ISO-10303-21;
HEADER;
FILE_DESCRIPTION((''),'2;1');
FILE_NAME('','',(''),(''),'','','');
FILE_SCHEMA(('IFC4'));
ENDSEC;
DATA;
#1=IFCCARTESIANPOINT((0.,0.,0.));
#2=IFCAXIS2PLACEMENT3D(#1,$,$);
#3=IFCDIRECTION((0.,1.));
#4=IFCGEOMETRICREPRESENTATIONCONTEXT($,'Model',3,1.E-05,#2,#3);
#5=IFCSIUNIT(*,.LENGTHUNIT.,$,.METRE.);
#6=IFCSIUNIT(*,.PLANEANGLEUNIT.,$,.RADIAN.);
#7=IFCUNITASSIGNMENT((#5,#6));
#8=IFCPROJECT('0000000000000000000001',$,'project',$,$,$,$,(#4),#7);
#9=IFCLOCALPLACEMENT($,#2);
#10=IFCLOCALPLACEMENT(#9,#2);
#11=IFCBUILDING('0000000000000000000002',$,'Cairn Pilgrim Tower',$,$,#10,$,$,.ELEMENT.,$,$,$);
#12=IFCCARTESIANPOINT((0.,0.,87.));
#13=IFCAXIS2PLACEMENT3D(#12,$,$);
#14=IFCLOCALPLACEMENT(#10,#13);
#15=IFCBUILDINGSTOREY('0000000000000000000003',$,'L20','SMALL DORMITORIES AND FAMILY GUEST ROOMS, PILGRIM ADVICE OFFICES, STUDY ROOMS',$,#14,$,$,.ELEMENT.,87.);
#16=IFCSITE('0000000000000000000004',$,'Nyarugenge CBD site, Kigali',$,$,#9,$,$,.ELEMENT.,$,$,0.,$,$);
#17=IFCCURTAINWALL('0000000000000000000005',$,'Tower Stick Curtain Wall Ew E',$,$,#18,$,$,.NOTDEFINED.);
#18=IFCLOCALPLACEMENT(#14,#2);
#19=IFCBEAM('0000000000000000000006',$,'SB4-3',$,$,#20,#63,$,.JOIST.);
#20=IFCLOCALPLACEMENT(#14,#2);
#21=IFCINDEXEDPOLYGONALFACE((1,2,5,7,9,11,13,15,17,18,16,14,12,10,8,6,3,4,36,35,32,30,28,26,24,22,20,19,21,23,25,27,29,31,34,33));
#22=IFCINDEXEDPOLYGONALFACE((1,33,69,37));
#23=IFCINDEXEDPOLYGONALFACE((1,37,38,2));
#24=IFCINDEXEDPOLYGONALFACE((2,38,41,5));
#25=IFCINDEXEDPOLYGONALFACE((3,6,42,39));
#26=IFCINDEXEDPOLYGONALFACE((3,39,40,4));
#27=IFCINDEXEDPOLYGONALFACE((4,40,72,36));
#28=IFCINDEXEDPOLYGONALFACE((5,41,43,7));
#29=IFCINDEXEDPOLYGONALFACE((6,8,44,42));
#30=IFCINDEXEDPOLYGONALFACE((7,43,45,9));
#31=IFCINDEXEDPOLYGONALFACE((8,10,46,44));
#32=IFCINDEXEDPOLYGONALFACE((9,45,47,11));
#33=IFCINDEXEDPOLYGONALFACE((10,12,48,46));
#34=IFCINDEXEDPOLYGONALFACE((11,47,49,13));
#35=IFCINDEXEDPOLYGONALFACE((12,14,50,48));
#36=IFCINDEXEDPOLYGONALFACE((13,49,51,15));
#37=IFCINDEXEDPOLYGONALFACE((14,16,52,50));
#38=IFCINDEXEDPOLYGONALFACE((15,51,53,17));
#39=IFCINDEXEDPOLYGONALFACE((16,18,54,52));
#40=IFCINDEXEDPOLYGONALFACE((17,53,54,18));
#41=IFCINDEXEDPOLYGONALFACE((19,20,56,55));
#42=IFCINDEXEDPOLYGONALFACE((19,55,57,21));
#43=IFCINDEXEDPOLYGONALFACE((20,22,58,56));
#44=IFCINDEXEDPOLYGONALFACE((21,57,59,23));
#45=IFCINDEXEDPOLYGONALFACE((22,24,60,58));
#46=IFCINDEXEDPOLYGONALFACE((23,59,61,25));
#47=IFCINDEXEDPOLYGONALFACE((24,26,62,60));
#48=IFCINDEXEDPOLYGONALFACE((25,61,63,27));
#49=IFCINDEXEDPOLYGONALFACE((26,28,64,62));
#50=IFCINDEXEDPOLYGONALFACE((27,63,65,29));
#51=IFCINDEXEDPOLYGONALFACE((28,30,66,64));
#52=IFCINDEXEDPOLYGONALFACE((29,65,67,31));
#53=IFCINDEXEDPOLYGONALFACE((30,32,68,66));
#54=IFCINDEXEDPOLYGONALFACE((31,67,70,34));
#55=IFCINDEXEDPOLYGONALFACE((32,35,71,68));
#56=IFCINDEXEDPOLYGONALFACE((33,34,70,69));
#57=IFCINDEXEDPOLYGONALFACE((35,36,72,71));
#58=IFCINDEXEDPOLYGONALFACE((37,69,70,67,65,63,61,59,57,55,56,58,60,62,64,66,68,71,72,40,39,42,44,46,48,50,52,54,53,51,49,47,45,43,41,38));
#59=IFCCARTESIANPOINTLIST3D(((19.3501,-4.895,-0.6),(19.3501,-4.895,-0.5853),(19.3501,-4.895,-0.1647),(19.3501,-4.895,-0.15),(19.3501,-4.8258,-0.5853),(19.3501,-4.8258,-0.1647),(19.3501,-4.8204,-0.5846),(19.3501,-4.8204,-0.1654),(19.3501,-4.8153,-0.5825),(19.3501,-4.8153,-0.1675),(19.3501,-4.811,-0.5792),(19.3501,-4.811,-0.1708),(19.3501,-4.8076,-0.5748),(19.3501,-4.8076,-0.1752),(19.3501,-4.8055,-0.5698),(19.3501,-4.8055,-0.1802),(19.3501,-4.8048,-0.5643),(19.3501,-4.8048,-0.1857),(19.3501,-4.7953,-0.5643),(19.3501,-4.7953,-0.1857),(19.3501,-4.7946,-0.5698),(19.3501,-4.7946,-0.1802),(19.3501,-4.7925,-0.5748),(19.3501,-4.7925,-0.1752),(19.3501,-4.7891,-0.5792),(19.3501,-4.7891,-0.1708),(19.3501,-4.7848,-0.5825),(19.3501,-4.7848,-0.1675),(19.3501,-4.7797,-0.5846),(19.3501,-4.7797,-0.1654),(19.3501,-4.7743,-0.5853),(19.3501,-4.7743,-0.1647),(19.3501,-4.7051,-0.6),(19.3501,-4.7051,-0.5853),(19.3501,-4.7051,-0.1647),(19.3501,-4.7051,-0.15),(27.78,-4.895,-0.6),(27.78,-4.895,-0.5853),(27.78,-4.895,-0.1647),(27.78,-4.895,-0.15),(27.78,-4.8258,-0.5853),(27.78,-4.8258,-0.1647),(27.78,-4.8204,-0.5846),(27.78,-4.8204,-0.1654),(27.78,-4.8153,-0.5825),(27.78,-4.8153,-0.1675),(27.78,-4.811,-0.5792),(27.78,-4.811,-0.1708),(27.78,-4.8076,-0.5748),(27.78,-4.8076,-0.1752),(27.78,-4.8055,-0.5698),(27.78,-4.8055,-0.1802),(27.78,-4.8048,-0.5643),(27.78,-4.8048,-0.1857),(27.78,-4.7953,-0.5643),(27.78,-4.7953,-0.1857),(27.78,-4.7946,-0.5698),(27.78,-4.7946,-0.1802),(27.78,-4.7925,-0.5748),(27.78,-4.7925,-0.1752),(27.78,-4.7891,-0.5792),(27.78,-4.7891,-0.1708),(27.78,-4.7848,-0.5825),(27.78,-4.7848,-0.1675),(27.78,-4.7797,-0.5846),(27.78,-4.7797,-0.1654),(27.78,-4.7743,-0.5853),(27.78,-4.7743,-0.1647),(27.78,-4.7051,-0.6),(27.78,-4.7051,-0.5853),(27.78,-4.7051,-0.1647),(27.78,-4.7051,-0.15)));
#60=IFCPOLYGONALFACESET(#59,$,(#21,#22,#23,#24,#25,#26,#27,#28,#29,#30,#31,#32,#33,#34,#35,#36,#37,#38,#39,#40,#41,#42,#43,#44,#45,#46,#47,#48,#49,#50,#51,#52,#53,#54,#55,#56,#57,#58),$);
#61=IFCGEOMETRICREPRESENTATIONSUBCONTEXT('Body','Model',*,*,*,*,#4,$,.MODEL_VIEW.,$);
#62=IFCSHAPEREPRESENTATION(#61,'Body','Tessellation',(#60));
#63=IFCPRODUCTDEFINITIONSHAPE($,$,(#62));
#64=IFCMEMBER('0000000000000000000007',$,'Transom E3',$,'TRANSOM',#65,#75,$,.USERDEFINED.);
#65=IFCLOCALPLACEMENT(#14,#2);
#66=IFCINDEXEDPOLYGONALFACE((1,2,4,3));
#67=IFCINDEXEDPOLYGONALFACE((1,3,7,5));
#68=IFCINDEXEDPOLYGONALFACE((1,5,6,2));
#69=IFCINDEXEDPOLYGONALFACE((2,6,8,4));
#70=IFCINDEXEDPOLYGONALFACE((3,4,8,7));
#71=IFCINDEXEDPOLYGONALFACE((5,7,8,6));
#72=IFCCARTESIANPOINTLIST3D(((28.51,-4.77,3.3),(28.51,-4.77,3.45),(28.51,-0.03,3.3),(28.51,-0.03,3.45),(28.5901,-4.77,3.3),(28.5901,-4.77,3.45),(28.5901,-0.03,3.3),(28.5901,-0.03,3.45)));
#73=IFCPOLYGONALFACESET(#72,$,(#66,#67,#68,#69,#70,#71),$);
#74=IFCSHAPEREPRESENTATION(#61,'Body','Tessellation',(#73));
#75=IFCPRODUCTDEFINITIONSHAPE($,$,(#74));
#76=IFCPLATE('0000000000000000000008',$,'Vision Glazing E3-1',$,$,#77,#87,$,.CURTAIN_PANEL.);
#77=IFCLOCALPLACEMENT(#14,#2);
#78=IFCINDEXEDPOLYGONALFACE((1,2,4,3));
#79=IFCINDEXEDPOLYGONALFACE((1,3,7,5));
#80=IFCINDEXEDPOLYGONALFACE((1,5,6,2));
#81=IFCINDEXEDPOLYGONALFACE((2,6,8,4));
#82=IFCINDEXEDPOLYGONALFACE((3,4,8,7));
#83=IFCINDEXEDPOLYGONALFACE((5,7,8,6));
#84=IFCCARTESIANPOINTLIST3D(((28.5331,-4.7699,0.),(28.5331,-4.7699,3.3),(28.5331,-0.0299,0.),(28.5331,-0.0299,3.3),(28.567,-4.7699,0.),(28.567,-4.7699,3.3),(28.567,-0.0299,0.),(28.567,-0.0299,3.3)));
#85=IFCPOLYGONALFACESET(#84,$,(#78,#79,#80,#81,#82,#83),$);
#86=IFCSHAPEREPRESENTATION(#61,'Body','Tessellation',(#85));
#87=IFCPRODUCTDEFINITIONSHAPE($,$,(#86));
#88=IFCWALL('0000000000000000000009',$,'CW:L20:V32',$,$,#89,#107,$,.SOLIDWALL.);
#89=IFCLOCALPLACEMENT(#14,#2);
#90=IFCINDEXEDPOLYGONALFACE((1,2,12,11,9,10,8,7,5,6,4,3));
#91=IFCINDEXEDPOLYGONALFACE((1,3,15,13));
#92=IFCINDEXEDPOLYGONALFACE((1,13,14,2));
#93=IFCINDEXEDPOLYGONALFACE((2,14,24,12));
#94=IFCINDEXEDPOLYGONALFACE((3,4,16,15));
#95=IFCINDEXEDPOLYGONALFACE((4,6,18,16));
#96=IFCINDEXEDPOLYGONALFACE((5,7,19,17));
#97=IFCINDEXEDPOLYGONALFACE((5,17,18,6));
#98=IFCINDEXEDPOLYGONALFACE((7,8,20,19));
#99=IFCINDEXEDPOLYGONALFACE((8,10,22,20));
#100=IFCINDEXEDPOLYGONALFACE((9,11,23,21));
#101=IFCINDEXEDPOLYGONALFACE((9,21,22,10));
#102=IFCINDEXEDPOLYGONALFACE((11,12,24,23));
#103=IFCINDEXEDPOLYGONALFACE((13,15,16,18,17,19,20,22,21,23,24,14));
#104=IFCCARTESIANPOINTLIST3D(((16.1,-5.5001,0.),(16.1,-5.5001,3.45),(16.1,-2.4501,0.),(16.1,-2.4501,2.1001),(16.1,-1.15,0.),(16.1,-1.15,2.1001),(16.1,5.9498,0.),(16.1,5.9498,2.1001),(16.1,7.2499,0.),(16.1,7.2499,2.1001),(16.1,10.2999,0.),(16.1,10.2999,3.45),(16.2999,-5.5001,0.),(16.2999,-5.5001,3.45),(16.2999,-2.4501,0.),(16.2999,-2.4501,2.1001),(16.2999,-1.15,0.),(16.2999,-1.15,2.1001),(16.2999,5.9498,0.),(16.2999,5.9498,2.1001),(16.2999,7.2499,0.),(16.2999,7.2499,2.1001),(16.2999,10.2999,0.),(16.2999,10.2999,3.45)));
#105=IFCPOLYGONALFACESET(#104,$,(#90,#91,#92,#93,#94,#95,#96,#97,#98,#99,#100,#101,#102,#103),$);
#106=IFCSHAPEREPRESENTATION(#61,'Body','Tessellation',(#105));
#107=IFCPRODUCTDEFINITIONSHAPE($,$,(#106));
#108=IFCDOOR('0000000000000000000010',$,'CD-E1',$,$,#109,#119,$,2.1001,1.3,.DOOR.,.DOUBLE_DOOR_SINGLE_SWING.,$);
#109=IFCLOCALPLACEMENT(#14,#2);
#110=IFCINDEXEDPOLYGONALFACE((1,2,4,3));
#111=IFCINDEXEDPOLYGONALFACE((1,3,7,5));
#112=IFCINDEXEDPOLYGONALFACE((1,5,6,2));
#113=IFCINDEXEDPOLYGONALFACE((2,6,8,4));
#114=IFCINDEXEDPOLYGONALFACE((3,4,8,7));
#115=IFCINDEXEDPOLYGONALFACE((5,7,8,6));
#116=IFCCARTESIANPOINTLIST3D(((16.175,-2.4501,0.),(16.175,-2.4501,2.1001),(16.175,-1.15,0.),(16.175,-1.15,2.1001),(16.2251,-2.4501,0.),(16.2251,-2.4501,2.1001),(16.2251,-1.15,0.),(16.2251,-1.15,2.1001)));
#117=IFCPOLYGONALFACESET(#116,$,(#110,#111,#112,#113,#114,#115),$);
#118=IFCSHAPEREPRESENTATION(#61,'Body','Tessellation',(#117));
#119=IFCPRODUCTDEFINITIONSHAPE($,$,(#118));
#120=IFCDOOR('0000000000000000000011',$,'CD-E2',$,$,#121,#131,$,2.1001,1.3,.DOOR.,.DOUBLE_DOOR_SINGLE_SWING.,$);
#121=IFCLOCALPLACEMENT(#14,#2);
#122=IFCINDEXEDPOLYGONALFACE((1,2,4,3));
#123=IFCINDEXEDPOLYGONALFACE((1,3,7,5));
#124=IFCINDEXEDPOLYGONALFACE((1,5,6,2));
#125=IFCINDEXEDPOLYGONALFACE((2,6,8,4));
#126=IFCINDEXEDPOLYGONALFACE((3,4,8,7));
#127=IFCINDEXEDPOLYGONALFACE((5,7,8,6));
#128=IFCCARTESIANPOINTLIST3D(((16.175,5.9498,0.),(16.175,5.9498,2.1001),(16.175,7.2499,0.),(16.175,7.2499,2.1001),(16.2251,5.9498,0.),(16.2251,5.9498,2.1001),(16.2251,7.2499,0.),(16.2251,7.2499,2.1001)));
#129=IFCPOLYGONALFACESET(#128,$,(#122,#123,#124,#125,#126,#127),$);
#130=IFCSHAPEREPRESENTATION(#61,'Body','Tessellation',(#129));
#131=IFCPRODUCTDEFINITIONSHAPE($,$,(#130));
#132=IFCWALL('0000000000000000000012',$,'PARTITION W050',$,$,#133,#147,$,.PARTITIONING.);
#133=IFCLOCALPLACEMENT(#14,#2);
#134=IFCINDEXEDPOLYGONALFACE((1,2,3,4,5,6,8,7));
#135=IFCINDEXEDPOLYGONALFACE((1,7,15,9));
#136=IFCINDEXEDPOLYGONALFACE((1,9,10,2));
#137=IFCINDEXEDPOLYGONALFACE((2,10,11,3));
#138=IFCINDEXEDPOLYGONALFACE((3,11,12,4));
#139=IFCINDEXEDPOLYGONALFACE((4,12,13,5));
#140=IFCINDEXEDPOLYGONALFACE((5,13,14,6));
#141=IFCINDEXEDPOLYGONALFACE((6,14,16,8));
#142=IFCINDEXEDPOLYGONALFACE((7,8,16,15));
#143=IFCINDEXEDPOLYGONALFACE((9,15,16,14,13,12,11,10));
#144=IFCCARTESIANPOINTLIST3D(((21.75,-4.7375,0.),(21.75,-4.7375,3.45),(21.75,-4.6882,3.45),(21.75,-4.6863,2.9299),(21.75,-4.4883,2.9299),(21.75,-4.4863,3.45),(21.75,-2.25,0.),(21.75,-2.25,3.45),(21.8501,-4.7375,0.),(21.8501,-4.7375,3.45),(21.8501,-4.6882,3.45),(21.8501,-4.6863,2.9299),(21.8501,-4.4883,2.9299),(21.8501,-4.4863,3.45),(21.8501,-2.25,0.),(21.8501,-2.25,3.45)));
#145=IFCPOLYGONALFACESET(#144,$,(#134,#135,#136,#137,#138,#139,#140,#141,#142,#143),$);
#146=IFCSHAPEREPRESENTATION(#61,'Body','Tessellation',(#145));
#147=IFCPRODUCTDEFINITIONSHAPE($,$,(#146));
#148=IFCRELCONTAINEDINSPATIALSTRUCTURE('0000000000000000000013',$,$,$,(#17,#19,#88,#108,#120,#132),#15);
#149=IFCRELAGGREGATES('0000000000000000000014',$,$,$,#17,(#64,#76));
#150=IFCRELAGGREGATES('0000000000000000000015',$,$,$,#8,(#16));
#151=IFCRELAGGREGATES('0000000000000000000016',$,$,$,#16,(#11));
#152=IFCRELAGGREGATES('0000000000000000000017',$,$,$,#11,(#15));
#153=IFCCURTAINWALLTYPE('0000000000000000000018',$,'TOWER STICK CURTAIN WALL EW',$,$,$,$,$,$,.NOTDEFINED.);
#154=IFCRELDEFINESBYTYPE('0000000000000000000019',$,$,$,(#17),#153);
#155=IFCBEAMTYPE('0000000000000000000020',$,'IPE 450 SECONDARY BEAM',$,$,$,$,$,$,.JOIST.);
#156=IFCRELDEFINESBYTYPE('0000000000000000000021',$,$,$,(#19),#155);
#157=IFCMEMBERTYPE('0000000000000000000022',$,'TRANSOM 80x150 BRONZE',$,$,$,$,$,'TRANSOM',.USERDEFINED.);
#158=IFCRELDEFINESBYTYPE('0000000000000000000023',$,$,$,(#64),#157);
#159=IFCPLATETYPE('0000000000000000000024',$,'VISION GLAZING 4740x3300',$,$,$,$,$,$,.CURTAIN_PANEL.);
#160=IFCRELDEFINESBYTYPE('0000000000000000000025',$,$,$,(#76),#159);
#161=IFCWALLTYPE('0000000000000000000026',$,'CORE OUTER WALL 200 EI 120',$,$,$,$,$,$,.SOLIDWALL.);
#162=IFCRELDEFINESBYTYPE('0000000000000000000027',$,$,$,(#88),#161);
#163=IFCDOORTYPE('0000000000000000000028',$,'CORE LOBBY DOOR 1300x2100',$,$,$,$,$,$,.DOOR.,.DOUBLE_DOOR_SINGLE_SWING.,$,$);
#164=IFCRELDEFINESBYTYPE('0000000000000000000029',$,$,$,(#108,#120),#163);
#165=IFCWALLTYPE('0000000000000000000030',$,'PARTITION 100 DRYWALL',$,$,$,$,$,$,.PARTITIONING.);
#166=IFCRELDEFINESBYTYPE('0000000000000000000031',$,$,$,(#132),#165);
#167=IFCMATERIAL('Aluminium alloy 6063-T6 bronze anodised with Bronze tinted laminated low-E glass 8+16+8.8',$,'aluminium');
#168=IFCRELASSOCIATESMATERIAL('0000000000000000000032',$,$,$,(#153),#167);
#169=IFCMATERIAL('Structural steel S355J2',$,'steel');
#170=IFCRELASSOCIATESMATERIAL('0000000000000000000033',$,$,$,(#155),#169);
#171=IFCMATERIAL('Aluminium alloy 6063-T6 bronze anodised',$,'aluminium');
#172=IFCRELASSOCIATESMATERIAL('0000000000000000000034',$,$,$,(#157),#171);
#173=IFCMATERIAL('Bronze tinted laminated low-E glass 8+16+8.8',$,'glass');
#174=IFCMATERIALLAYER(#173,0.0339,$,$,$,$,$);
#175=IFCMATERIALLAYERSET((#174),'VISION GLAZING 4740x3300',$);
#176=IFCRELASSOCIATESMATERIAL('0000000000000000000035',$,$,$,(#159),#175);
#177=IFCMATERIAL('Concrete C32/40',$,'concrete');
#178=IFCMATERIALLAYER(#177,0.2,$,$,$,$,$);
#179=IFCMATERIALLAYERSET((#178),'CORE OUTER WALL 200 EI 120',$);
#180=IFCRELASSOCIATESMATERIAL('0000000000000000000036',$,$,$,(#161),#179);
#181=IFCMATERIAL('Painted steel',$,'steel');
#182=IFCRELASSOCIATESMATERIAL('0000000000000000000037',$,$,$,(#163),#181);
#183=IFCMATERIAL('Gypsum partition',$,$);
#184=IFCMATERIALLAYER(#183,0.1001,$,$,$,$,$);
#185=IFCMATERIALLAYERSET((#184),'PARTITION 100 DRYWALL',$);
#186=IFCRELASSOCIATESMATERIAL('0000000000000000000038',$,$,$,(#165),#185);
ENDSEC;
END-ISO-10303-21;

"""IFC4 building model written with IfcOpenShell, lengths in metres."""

from ifc_helpers import new_model, si_unit, direction, frame, frame_2d, origin, origin_2d, place, context, subcontext, project, spatial, polyline, rectangle, i_section, outline, extrude, material, layer, layer_set, material_profile, profile_set, type_object, element, fill, aggregate, save


model = new_model("IFC4")

# Units and contexts
model_context = context("Model", 3, precision=1e-05, world=origin(), true_north=direction((0.0, 1.0)))
body_context = subcontext(model_context, "Body", "Model", "MODEL_VIEW")
ifc_project = project(units=[si_unit("LENGTHUNIT", "METRE"), si_unit("PLANEANGLEUNIT", "RADIAN")], contexts=[model_context])

# Site, building, storey
site_placement = place(None, origin())
site = spatial("IfcSite", under=ifc_project, at=site_placement, Name="Nyarugenge CBD site, Kigali", CompositionType="ELEMENT", RefElevation=0.0)
building_placement = place(site_placement, origin())
building = spatial("IfcBuilding", under=site, at=building_placement, Name="Cairn Pilgrim Tower", CompositionType="ELEMENT")
storey_placement = place(building_placement, frame((0.0, 0.0, 87.0)))
storey = spatial("IfcBuildingStorey", under=building, at=storey_placement, Name="L20", Description="SMALL DORMITORIES AND FAMILY GUEST ROOMS, PILGRIM ADVICE OFFICES, STUDY ROOMS", CompositionType="ELEMENT", Elevation=87.0)

# Curtain wall
ifc_material_1 = material(Name="Aluminium alloy 6063-T6 bronze anodised with Bronze tinted laminated low-E glass 8+16+8.8", Category="aluminium")
curtain_wall_type = type_object("IfcCurtainWallType", Name="TOWER STICK CURTAIN WALL EW", PredefinedType="NOTDEFINED", material=ifc_material_1)
curtain_wall_placement = place(storey_placement, origin())
curtain_wall = element("IfcCurtainWall", 1, at=curtain_wall_placement, inside=storey, type_object=curtain_wall_type, Name="Tower Stick Curtain Wall Ew E", PredefinedType="NOTDEFINED")
ifc_material_2 = material(Name="Aluminium alloy 6063-T6 bronze anodised", Category="aluminium")

# Beam
ifc_material_3 = material(Name="Structural steel S355J2", Category="steel")
ifc_material_profile_1 = material_profile(ifc_material_3, i_section(OverallWidth=0.1899, OverallDepth=0.45, WebThickness=0.0095, FlangeThickness=0.0146, FilletRadius=0.021, at=origin_2d()), Name="IPE 450")
ifc_profile_set_1 = profile_set([ifc_material_profile_1], Name="Structural steel S355J2")
beam_type_1 = type_object("IfcBeamType", Name="IPE 450 SECONDARY BEAM", PredefinedType="JOIST", material=ifc_profile_set_1)
beam_1_placement = place(storey_placement, frame((19.3501, -4.8, -0.375), z_axis=(1.0, 0.0, 0.0), x_axis=(0.0, 1.0, 0.0)))
element("IfcBeam", 2, at=beam_1_placement, inside=storey, type_object=beam_type_1, Name="SB4-3", PredefinedType="JOIST", context=body_context, shape_type="SweptSolid", body=[
    extrude(i_section(OverallWidth=0.1899, OverallDepth=0.45, WebThickness=0.0095, FlangeThickness=0.0146, FilletRadius=0.021, at=origin_2d()), origin(), (0.0, 0.0, 1.0), 8.4299),
])

# Member
ifc_material_profile_2 = material_profile(ifc_material_2, rectangle(XDim=0.0801, YDim=0.1499, at=origin_2d()), Name="TRANSOM 80x150 BRONZE")
ifc_profile_set_2 = profile_set([ifc_material_profile_2], Name="Aluminium alloy 6063-T6 bronze anodised")
member_type_1 = type_object("IfcMemberType", Name="TRANSOM 80x150 BRONZE", ElementType="TRANSOM", PredefinedType="USERDEFINED", material=ifc_profile_set_2)
member_1_placement = place(storey_placement, frame((28.55, -4.77, 3.375), z_axis=(0.0, 1.0, 0.0), x_axis=(-1.0, 0.0, 0.0)))
member_1 = element("IfcMember", 3, at=member_1_placement, type_object=member_type_1, Name="Transom E3", ObjectType="TRANSOM", PredefinedType="USERDEFINED", context=body_context, shape_type="SweptSolid", body=[
    extrude(rectangle(XDim=0.0801, YDim=0.1499, at=origin_2d()), origin(), (0.0, 0.0, 1.0), 4.74),
])

# Plate
ifc_material_4 = material(Name="Bronze tinted laminated low-E glass 8+16+8.8", Category="glass")
ifc_layer_1 = layer(ifc_material_4, 0.0339)
ifc_layer_set_1 = layer_set([ifc_layer_1], Name="VISION GLAZING 4740x3300")
plate_type = type_object("IfcPlateType", Name="VISION GLAZING 4740x3300", PredefinedType="CURTAIN_PANEL", material=ifc_layer_set_1)
plate_placement = place(storey_placement, frame((28.55, -2.3999, 0.0), z_axis=(0.0, 0.0, 1.0), x_axis=(0.0, 1.0, 0.0)))
plate = element("IfcPlate", 4, at=plate_placement, type_object=plate_type, Name="Vision Glazing E3-1", PredefinedType="CURTAIN_PANEL", context=body_context, shape_type="SweptSolid", body=[
    extrude(rectangle(XDim=4.74, YDim=0.0339, at=origin_2d()), origin(), (0.0, 0.0, 1.0), 3.3),
])
aggregate(curtain_wall, [member_1, plate])

# Wall, openings, doors
ifc_material_5 = material(Name="Concrete C32/40", Category="concrete")
ifc_layer_2 = layer(ifc_material_5, 0.2)
ifc_layer_set_2 = layer_set([ifc_layer_2], Name="CORE OUTER WALL 200 EI 120")
wall_type_1 = type_object("IfcWallType", Name="CORE OUTER WALL 200 EI 120", PredefinedType="SOLIDWALL", material=ifc_layer_set_2)
wall_1_placement = place(storey_placement, frame((16.2, -5.5, 0.0), z_axis=(0.0, 0.0, 1.0), x_axis=(0.0, 1.0, 0.0)))
wall_1 = element("IfcWall", 5, at=wall_1_placement, inside=storey, type_object=wall_type_1, Name="CW:L20:V32", PredefinedType="SOLIDWALL", context=body_context, shape_type="SweptSolid", body=[
    extrude(rectangle(XDim=15.8, YDim=0.2, at=frame_2d((7.8999, 0.0))), origin(), (0.0, 0.0, 1.0), 3.45),
])
opening_1_placement = place(wall_1_placement, frame((3.05, 0.0, 0.0)))
opening_1 = element("IfcOpeningElement", 6, at=opening_1_placement, cuts=wall_1, PredefinedType="OPENING", context=body_context, shape_type="SweptSolid", body=[
    extrude(rectangle(XDim=1.3, YDim=2.1001, at=frame_2d((0.6499, 1.05))), frame((0.0, 0.1099, 0.0), z_axis=(0.0, -1.0, 0.0), x_axis=(1.0, 0.0, 0.0)), (0.0, 0.0, 1.0), 0.22),
])
opening_2_placement = place(wall_1_placement, frame((11.45, 0.0, 0.0)))
opening_2 = element("IfcOpeningElement", 7, at=opening_2_placement, cuts=wall_1, PredefinedType="OPENING", context=body_context, shape_type="SweptSolid", body=[
    extrude(rectangle(XDim=1.3, YDim=2.1001, at=frame_2d((0.6499, 1.05))), frame((0.0, 0.1099, 0.0), z_axis=(0.0, -1.0, 0.0), x_axis=(1.0, 0.0, 0.0)), (0.0, 0.0, 1.0), 0.22),
])
ifc_material_6 = material(Name="Painted steel", Category="steel")
door_type_1 = type_object("IfcDoorType", Name="CORE LOBBY DOOR 1300x2100", OperationType="DOUBLE_DOOR_SINGLE_SWING", PredefinedType="DOOR", material=ifc_material_6)
door_1_placement = place(opening_1_placement, origin())
door_1 = element("IfcDoor", 8, at=door_1_placement, inside=storey, type_object=door_type_1, Name="CD-E1", OperationType="DOUBLE_DOOR_SINGLE_SWING", OverallHeight=2.1001, OverallWidth=1.3, PredefinedType="DOOR", context=body_context, shape_type="SweptSolid", body=[
    extrude(rectangle(XDim=1.3, YDim=2.1001, at=frame_2d((0.6499, 1.05))), frame((0.0, 0.0249, 0.0), z_axis=(0.0, -1.0, 0.0), x_axis=(1.0, 0.0, 0.0)), (0.0, 0.0, 1.0), 0.05),
])
fill(opening_1, door_1)
door_2_placement = place(opening_2_placement, origin())
door_2 = element("IfcDoor", 9, at=door_2_placement, inside=storey, type_object=door_type_1, Name="CD-E2", OperationType="DOUBLE_DOOR_SINGLE_SWING", OverallHeight=2.1001, OverallWidth=1.3, PredefinedType="DOOR", context=body_context, shape_type="SweptSolid", body=[
    extrude(rectangle(XDim=1.3, YDim=2.1001, at=frame_2d((0.6499, 1.05))), frame((0.0, 0.0249, 0.0), z_axis=(0.0, -1.0, 0.0), x_axis=(1.0, 0.0, 0.0)), (0.0, 0.0, 1.0), 0.05),
])
fill(opening_2, door_2)

# Wall
ifc_material_7 = material(Name="Gypsum partition")
ifc_layer_3 = layer(ifc_material_7, 0.1001)
ifc_layer_set_3 = layer_set([ifc_layer_3], Name="PARTITION 100 DRYWALL")
wall_type_2 = type_object("IfcWallType", Name="PARTITION 100 DRYWALL", PredefinedType="PARTITIONING", material=ifc_layer_set_3)
wall_2_placement = place(storey_placement, frame((21.8, -4.7375, 0.0), z_axis=(0.0, 0.0, 1.0), x_axis=(0.0, 1.0, 0.0)))
element("IfcWall", 10, at=wall_2_placement, inside=storey, type_object=wall_type_2, Name="PARTITION W050", PredefinedType="PARTITIONING", context=body_context, shape_type="SweptSolid", body=[
    extrude(outline(polyline([(0.0, 0.0), (2.4875, 0.0), (2.4875, 3.45), (0.2512, 3.45), (0.2493, 2.9299), (0.0513, 2.9299), (0.0493, 3.45), (0.0, 3.45), (0.0, 0.0)])), frame((0.0, 0.05, 0.0), z_axis=(0.0, -1.0, 0.0), x_axis=(1.0, 0.0, 0.0)), (0.0, 0.0, 1.0), 0.1001),
])

save(model, "model.ifc")
